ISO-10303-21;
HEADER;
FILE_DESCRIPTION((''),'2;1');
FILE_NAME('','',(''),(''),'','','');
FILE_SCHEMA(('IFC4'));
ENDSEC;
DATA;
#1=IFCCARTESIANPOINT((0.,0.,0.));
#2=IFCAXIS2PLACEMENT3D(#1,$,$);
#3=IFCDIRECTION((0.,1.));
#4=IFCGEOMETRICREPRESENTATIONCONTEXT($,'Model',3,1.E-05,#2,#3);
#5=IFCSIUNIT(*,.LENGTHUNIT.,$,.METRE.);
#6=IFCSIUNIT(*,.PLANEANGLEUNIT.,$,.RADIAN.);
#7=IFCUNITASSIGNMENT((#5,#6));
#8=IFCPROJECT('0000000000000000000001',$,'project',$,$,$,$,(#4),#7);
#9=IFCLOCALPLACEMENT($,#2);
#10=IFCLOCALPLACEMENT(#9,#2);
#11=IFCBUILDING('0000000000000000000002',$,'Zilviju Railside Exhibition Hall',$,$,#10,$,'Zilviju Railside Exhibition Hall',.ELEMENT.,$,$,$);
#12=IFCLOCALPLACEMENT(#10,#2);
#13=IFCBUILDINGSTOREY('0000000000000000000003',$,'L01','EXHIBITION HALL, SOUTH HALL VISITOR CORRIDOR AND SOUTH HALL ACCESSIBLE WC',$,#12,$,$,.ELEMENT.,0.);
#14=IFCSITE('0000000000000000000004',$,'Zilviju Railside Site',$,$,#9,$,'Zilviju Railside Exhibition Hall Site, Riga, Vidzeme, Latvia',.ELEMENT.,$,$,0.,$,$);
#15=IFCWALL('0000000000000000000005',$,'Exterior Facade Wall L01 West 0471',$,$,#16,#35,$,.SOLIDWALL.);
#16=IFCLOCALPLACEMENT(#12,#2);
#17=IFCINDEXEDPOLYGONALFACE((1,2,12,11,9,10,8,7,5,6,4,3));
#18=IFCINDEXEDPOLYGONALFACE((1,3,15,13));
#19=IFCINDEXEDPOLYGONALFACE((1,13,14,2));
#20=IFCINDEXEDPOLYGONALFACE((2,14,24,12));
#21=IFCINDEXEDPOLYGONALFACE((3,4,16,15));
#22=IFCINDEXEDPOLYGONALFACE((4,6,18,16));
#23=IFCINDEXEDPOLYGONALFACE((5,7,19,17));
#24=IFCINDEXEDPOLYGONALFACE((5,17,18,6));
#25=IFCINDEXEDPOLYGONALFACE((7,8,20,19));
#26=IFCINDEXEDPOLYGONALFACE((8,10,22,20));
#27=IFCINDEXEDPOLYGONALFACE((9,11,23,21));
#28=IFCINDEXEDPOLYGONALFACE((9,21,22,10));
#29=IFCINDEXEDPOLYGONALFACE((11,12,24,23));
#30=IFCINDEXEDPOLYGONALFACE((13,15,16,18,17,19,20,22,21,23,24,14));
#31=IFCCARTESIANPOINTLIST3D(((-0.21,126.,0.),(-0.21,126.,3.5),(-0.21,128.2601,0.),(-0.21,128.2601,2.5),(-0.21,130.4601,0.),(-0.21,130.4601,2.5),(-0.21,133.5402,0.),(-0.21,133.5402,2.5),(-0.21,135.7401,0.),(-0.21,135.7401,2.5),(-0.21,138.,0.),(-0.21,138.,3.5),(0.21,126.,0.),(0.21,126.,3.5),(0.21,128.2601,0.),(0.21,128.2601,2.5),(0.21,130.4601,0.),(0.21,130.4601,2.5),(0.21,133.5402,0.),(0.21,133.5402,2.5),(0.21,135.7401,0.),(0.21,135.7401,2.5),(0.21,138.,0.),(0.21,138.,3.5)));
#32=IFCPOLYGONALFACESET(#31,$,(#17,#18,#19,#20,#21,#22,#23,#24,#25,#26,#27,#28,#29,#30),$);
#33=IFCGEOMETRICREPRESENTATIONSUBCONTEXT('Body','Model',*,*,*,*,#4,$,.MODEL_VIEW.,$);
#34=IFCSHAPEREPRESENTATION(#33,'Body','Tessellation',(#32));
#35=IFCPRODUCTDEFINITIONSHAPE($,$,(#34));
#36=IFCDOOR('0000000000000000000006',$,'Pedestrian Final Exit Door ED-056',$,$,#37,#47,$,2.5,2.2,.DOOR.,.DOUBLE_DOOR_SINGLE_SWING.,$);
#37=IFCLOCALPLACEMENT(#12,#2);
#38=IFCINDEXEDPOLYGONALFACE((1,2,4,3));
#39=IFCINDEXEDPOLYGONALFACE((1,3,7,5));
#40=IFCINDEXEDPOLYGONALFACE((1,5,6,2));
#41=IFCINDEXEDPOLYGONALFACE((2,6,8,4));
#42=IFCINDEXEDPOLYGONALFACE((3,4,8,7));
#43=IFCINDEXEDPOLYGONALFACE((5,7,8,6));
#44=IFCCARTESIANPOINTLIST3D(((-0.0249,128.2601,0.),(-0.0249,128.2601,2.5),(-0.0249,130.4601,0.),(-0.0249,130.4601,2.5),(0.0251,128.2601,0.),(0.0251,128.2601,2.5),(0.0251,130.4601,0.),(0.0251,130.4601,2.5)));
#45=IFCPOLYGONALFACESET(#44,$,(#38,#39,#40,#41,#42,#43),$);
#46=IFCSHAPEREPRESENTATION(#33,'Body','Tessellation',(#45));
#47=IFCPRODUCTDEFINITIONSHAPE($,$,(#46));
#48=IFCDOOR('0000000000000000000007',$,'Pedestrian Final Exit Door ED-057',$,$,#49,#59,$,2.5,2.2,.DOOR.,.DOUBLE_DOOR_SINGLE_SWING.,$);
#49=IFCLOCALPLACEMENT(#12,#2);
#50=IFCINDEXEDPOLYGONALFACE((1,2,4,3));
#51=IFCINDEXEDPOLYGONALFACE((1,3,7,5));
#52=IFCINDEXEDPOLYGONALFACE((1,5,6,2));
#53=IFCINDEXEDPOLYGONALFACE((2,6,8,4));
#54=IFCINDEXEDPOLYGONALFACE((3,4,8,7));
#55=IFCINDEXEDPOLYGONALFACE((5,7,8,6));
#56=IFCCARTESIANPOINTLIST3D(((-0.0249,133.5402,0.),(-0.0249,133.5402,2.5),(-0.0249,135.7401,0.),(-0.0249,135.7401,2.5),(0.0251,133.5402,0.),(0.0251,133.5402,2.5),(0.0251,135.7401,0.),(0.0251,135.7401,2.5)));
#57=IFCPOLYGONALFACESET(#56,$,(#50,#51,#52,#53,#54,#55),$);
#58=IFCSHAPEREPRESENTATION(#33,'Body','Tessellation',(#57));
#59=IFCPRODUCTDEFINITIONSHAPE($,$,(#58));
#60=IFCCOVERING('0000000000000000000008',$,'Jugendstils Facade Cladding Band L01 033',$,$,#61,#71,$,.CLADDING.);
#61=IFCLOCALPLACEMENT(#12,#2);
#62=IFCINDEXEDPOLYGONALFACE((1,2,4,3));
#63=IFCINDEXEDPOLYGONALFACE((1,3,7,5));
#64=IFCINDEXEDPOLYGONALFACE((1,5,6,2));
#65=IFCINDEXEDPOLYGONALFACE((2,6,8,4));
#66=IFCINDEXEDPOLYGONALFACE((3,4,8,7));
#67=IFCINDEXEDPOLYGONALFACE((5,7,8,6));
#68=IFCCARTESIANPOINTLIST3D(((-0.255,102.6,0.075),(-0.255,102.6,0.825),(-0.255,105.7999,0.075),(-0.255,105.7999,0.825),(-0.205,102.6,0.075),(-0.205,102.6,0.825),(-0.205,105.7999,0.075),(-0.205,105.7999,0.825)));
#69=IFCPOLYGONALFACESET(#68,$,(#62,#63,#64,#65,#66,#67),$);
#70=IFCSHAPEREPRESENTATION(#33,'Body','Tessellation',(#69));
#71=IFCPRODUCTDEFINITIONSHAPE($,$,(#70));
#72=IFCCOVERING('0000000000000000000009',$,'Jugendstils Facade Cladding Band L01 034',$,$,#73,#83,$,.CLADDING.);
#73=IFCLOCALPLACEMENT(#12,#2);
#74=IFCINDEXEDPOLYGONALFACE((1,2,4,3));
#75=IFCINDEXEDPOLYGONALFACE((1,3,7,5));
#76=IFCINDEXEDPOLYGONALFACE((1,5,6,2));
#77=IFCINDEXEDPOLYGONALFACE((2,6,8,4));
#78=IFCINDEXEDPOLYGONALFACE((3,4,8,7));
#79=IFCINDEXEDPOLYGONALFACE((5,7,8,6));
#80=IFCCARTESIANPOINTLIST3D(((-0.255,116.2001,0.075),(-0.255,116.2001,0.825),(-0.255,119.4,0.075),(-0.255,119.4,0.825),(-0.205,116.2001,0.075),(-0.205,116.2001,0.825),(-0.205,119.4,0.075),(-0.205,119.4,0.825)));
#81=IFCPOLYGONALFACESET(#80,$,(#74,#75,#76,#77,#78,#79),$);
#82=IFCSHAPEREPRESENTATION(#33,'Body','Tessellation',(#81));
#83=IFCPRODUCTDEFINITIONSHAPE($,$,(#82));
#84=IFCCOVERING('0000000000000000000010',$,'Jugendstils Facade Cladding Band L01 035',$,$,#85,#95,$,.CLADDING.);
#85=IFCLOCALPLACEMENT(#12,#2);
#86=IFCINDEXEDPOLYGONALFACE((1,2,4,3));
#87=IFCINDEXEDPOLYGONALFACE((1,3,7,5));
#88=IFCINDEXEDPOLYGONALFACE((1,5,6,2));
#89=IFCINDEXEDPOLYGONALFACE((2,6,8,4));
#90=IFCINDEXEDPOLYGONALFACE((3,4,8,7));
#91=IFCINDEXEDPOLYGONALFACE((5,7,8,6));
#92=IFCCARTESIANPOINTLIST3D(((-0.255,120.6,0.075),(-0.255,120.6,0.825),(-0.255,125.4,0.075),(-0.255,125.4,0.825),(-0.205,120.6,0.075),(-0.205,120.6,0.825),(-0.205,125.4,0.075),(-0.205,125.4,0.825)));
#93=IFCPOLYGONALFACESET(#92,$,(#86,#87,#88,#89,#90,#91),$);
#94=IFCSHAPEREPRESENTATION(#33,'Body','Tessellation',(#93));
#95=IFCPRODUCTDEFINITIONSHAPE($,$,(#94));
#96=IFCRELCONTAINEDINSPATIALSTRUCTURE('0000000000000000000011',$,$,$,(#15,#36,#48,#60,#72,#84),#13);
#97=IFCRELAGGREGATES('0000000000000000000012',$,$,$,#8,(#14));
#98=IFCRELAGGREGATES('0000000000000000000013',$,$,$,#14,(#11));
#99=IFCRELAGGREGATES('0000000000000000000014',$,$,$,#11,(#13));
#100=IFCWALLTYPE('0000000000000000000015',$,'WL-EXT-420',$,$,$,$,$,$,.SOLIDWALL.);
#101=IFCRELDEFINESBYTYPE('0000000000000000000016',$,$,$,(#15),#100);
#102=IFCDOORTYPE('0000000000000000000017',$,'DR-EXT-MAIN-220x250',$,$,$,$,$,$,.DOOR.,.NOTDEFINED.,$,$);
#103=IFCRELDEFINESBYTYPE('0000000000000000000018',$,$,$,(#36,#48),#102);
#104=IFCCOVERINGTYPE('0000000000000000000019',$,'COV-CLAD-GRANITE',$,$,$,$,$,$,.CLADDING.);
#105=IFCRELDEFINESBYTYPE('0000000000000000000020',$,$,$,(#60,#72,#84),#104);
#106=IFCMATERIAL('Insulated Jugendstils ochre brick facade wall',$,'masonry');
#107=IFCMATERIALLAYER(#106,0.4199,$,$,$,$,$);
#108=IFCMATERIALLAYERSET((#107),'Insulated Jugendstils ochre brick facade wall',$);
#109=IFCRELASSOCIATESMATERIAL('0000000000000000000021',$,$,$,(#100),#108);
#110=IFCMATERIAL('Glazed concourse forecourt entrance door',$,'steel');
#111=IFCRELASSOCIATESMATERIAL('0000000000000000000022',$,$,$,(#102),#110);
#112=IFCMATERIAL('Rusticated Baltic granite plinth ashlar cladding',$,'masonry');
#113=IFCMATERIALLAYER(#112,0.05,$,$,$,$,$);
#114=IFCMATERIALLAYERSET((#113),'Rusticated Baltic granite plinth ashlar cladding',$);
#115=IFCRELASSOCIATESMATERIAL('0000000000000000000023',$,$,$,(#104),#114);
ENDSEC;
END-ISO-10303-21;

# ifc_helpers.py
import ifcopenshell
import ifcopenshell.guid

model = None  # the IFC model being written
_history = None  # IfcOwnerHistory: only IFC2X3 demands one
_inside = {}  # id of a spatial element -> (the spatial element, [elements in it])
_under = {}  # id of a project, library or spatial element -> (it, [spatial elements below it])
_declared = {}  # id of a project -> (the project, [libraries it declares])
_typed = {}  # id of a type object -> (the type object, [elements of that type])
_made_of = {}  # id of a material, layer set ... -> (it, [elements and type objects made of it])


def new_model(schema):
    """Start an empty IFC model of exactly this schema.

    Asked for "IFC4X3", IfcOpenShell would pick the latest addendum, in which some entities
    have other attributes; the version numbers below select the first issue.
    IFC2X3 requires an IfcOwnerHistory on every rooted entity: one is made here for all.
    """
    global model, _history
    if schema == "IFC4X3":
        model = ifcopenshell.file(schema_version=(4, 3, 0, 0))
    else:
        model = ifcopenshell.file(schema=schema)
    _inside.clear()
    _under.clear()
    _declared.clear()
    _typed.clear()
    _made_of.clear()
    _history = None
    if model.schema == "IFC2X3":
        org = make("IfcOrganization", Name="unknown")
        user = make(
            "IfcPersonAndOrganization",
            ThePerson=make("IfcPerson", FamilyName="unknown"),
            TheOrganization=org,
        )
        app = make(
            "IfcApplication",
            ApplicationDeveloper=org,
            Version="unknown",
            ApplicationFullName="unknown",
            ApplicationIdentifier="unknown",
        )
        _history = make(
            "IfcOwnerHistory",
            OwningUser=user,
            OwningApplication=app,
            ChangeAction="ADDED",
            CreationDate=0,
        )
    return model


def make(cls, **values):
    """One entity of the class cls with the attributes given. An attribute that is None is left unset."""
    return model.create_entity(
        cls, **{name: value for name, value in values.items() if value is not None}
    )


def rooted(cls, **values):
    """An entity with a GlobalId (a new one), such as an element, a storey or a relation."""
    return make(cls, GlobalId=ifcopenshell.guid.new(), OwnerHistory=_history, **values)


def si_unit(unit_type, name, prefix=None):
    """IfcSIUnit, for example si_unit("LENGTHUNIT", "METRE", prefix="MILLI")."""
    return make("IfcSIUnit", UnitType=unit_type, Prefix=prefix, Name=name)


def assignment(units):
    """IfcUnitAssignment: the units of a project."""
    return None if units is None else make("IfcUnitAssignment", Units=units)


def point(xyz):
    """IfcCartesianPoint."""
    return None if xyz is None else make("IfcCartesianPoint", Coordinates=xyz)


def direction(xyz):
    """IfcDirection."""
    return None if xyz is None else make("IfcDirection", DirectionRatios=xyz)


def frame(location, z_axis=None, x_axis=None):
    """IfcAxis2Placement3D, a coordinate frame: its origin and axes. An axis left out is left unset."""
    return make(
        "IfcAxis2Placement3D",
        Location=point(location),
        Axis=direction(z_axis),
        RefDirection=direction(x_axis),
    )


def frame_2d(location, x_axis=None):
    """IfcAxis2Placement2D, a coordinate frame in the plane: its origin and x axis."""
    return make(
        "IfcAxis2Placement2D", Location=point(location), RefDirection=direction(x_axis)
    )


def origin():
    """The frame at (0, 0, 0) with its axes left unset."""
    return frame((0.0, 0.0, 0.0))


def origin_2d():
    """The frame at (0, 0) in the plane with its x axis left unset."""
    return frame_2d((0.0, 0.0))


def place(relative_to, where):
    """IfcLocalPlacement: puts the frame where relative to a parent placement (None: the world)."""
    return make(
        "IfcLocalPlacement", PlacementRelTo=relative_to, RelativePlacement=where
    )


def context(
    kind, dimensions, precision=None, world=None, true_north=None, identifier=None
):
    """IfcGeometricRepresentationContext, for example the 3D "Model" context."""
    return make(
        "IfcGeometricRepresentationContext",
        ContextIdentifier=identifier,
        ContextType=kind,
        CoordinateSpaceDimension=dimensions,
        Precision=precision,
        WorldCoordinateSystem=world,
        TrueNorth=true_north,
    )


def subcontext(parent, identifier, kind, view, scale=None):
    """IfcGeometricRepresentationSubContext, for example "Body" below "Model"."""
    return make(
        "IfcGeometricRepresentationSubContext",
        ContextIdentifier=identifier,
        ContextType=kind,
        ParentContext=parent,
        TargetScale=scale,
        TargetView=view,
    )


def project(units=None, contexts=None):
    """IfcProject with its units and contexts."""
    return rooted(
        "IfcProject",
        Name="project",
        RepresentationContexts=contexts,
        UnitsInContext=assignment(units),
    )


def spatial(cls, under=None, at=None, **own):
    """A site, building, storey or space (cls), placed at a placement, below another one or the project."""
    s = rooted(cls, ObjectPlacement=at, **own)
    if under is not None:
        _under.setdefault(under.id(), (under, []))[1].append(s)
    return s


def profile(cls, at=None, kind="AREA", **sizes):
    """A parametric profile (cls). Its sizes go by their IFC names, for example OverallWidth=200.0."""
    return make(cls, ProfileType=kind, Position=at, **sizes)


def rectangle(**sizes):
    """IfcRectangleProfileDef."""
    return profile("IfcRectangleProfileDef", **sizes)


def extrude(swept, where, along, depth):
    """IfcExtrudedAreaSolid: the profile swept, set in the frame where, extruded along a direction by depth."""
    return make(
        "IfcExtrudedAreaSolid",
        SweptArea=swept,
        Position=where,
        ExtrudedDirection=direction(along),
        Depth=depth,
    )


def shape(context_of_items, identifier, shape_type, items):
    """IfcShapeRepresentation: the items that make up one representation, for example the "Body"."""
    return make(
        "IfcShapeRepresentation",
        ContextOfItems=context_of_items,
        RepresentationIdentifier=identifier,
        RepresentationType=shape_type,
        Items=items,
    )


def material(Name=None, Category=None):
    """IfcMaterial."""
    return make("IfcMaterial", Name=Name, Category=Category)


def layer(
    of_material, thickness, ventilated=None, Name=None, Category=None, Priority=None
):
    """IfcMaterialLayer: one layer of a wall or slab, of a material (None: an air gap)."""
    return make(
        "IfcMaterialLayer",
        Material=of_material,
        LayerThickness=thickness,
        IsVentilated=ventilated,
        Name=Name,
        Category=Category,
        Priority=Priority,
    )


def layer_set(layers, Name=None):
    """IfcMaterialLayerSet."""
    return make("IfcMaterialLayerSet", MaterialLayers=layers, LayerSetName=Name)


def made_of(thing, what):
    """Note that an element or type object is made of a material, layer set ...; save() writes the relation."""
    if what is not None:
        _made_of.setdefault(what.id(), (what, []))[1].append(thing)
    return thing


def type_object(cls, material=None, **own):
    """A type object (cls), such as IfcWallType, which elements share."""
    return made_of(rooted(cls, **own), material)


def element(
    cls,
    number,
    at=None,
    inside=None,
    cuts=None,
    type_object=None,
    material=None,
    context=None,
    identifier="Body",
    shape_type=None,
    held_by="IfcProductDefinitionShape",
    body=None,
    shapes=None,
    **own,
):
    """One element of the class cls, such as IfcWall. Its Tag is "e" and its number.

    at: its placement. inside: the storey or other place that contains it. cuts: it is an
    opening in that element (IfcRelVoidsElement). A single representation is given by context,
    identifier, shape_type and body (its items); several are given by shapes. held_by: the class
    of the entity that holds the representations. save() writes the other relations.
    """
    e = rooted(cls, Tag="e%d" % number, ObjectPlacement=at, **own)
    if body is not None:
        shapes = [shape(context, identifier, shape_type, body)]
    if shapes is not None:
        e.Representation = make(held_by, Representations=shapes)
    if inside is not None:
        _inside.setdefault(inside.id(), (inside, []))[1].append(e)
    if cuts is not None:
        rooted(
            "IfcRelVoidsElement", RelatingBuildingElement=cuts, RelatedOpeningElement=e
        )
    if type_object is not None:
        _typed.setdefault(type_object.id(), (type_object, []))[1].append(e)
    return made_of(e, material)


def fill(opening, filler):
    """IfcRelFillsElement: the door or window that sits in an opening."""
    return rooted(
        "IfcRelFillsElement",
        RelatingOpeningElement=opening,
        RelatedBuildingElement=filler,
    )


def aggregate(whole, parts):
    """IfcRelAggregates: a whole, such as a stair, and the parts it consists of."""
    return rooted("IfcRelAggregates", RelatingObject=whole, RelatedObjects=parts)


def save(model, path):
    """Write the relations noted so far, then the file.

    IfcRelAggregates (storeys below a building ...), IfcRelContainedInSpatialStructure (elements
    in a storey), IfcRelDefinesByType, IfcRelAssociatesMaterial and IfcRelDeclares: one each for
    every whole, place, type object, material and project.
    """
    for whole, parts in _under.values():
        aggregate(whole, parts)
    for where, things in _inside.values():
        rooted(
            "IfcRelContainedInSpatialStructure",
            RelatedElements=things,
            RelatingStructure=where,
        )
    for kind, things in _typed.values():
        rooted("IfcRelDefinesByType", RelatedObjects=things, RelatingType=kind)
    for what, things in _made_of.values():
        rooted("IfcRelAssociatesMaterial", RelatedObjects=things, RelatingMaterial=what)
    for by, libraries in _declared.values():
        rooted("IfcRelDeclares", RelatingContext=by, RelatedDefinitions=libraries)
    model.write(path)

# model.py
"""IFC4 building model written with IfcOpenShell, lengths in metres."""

from ifc_helpers import new_model, si_unit, direction, frame, frame_2d, origin, origin_2d, place, context, subcontext, project, spatial, rectangle, extrude, material, layer, layer_set, type_object, element, fill, save


model = new_model("IFC4")

# Units and contexts
model_context = context("Model", 3, precision=1e-05, world=origin(), true_north=direction((0.0, 1.0)))
body_context = subcontext(model_context, "Body", "Model", "MODEL_VIEW")
ifc_project = project(units=[si_unit("LENGTHUNIT", "METRE"), si_unit("PLANEANGLEUNIT", "RADIAN")], contexts=[model_context])

# Site, building, storey
site_placement = place(None, origin())
site = spatial("IfcSite", under=ifc_project, at=site_placement, Name="Zilviju Railside Site", LongName="Zilviju Railside Exhibition Hall Site, Riga, Vidzeme, Latvia", CompositionType="ELEMENT", RefElevation=0.0)
building_placement = place(site_placement, origin())
building = spatial("IfcBuilding", under=site, at=building_placement, Name="Zilviju Railside Exhibition Hall", LongName="Zilviju Railside Exhibition Hall", CompositionType="ELEMENT")
storey_placement = place(building_placement, origin())
storey = spatial("IfcBuildingStorey", under=building, at=storey_placement, Name="L01", Description="EXHIBITION HALL, SOUTH HALL VISITOR CORRIDOR AND SOUTH HALL ACCESSIBLE WC", CompositionType="ELEMENT", Elevation=0.0)

# Shared definitions
ifc_material_1 = material(Name="Insulated Jugendstils ochre brick facade wall", Category="masonry")
ifc_layer_1 = layer(ifc_material_1, 0.4199)
ifc_layer_set_1 = layer_set([ifc_layer_1], Name="Insulated Jugendstils ochre brick facade wall")
wall_type_1 = type_object("IfcWallType", Name="WL-EXT-420", PredefinedType="SOLIDWALL", material=ifc_layer_set_1)

# Wall, openings, doors
wall_1_placement = place(storey_placement, frame((0.0, 126.0, 0.0), z_axis=(0.0, 0.0, 1.0), x_axis=(0.0, 1.0, 0.0)))
wall_1 = element("IfcWall", 1, at=wall_1_placement, inside=storey, type_object=wall_type_1, Name="Exterior Facade Wall L01 West 0471", PredefinedType="SOLIDWALL", context=body_context, shape_type="SweptSolid", body=[
    extrude(rectangle(XDim=12.0, YDim=0.4199, at=frame_2d((6.0, 0.0))), origin(), (0.0, 0.0, 1.0), 3.5),
])
opening_1_placement = place(wall_1_placement, frame((2.26, 0.0, 0.0)))
opening_1 = element("IfcOpeningElement", 2, at=opening_1_placement, cuts=wall_1, PredefinedType="OPENING", context=body_context, shape_type="SweptSolid", body=[
    extrude(rectangle(XDim=2.2, YDim=2.5, at=frame_2d((1.1001, 1.25))), frame((0.0, 0.22, 0.0), z_axis=(0.0, -1.0, 0.0), x_axis=(1.0, 0.0, 0.0)), (0.0, 0.0, 1.0), 0.4399),
])
opening_2_placement = place(wall_1_placement, frame((7.54, 0.0, 0.0)))
opening_2 = element("IfcOpeningElement", 3, at=opening_2_placement, cuts=wall_1, PredefinedType="OPENING", context=body_context, shape_type="SweptSolid", body=[
    extrude(rectangle(XDim=2.2, YDim=2.5, at=frame_2d((1.1001, 1.25))), frame((0.0, 0.22, 0.0), z_axis=(0.0, -1.0, 0.0), x_axis=(1.0, 0.0, 0.0)), (0.0, 0.0, 1.0), 0.4399),
])
ifc_material_2 = material(Name="Glazed concourse forecourt entrance door", Category="steel")
door_type_1 = type_object("IfcDoorType", Name="DR-EXT-MAIN-220x250", OperationType="NOTDEFINED", PredefinedType="DOOR", material=ifc_material_2)
door_1_placement = place(opening_1_placement, origin())
door_1 = element("IfcDoor", 4, at=door_1_placement, inside=storey, type_object=door_type_1, Name="Pedestrian Final Exit Door ED-056", OperationType="DOUBLE_DOOR_SINGLE_SWING", OverallHeight=2.5, OverallWidth=2.2, PredefinedType="DOOR", context=body_context, shape_type="SweptSolid", body=[
    extrude(rectangle(XDim=2.2, YDim=2.5, at=frame_2d((1.1001, 1.25))), frame((0.0, 0.0249, 0.0), z_axis=(0.0, -1.0, 0.0), x_axis=(1.0, 0.0, 0.0)), (0.0, 0.0, 1.0), 0.05),
])
fill(opening_1, door_1)
door_2_placement = place(opening_2_placement, origin())
door_2 = element("IfcDoor", 5, at=door_2_placement, inside=storey, type_object=door_type_1, Name="Pedestrian Final Exit Door ED-057", OperationType="DOUBLE_DOOR_SINGLE_SWING", OverallHeight=2.5, OverallWidth=2.2, PredefinedType="DOOR", context=body_context, shape_type="SweptSolid", body=[
    extrude(rectangle(XDim=2.2, YDim=2.5, at=frame_2d((1.1001, 1.25))), frame((0.0, 0.0249, 0.0), z_axis=(0.0, -1.0, 0.0), x_axis=(1.0, 0.0, 0.0)), (0.0, 0.0, 1.0), 0.05),
])
fill(opening_2, door_2)

# Coverings
ifc_material_3 = material(Name="Rusticated Baltic granite plinth ashlar cladding", Category="masonry")
ifc_layer_2 = layer(ifc_material_3, 0.05)
ifc_layer_set_2 = layer_set([ifc_layer_2], Name="Rusticated Baltic granite plinth ashlar cladding")
covering_type = type_object("IfcCoveringType", Name="COV-CLAD-GRANITE", PredefinedType="CLADDING", material=ifc_layer_set_2)
for number, where, z_axis, x_axis, name in (
    (6, (-0.23, 104.2, 0.075), (0.0, 0.0, 1.0), (0.0, 1.0, 0.0), "Jugendstils Facade Cladding Band L01 033"),
    (7, (-0.23, 117.8, 0.075), (0.0, 0.0, 1.0), (0.0, 1.0, 0.0), "Jugendstils Facade Cladding Band L01 034"),
):
    element("IfcCovering", number, at=place(storey_placement, frame(where, z_axis=z_axis, x_axis=x_axis)), inside=storey, type_object=covering_type, Name=name, PredefinedType="CLADDING", context=body_context, shape_type="SweptSolid", body=[
        extrude(rectangle(XDim=3.2, YDim=0.05, at=origin_2d()), origin(), (0.0, 0.0, 1.0), 0.75),
    ])
covering_placement = place(storey_placement, frame((-0.23, 123.0, 0.075), z_axis=(0.0, 0.0, 1.0), x_axis=(0.0, 1.0, 0.0)))
element("IfcCovering", 8, at=covering_placement, inside=storey, type_object=covering_type, Name="Jugendstils Facade Cladding Band L01 035", PredefinedType="CLADDING", context=body_context, shape_type="SweptSolid", body=[
    extrude(rectangle(XDim=4.8, YDim=0.05, at=origin_2d()), origin(), (0.0, 0.0, 1.0), 0.75),
])

save(model, "model.ifc")
